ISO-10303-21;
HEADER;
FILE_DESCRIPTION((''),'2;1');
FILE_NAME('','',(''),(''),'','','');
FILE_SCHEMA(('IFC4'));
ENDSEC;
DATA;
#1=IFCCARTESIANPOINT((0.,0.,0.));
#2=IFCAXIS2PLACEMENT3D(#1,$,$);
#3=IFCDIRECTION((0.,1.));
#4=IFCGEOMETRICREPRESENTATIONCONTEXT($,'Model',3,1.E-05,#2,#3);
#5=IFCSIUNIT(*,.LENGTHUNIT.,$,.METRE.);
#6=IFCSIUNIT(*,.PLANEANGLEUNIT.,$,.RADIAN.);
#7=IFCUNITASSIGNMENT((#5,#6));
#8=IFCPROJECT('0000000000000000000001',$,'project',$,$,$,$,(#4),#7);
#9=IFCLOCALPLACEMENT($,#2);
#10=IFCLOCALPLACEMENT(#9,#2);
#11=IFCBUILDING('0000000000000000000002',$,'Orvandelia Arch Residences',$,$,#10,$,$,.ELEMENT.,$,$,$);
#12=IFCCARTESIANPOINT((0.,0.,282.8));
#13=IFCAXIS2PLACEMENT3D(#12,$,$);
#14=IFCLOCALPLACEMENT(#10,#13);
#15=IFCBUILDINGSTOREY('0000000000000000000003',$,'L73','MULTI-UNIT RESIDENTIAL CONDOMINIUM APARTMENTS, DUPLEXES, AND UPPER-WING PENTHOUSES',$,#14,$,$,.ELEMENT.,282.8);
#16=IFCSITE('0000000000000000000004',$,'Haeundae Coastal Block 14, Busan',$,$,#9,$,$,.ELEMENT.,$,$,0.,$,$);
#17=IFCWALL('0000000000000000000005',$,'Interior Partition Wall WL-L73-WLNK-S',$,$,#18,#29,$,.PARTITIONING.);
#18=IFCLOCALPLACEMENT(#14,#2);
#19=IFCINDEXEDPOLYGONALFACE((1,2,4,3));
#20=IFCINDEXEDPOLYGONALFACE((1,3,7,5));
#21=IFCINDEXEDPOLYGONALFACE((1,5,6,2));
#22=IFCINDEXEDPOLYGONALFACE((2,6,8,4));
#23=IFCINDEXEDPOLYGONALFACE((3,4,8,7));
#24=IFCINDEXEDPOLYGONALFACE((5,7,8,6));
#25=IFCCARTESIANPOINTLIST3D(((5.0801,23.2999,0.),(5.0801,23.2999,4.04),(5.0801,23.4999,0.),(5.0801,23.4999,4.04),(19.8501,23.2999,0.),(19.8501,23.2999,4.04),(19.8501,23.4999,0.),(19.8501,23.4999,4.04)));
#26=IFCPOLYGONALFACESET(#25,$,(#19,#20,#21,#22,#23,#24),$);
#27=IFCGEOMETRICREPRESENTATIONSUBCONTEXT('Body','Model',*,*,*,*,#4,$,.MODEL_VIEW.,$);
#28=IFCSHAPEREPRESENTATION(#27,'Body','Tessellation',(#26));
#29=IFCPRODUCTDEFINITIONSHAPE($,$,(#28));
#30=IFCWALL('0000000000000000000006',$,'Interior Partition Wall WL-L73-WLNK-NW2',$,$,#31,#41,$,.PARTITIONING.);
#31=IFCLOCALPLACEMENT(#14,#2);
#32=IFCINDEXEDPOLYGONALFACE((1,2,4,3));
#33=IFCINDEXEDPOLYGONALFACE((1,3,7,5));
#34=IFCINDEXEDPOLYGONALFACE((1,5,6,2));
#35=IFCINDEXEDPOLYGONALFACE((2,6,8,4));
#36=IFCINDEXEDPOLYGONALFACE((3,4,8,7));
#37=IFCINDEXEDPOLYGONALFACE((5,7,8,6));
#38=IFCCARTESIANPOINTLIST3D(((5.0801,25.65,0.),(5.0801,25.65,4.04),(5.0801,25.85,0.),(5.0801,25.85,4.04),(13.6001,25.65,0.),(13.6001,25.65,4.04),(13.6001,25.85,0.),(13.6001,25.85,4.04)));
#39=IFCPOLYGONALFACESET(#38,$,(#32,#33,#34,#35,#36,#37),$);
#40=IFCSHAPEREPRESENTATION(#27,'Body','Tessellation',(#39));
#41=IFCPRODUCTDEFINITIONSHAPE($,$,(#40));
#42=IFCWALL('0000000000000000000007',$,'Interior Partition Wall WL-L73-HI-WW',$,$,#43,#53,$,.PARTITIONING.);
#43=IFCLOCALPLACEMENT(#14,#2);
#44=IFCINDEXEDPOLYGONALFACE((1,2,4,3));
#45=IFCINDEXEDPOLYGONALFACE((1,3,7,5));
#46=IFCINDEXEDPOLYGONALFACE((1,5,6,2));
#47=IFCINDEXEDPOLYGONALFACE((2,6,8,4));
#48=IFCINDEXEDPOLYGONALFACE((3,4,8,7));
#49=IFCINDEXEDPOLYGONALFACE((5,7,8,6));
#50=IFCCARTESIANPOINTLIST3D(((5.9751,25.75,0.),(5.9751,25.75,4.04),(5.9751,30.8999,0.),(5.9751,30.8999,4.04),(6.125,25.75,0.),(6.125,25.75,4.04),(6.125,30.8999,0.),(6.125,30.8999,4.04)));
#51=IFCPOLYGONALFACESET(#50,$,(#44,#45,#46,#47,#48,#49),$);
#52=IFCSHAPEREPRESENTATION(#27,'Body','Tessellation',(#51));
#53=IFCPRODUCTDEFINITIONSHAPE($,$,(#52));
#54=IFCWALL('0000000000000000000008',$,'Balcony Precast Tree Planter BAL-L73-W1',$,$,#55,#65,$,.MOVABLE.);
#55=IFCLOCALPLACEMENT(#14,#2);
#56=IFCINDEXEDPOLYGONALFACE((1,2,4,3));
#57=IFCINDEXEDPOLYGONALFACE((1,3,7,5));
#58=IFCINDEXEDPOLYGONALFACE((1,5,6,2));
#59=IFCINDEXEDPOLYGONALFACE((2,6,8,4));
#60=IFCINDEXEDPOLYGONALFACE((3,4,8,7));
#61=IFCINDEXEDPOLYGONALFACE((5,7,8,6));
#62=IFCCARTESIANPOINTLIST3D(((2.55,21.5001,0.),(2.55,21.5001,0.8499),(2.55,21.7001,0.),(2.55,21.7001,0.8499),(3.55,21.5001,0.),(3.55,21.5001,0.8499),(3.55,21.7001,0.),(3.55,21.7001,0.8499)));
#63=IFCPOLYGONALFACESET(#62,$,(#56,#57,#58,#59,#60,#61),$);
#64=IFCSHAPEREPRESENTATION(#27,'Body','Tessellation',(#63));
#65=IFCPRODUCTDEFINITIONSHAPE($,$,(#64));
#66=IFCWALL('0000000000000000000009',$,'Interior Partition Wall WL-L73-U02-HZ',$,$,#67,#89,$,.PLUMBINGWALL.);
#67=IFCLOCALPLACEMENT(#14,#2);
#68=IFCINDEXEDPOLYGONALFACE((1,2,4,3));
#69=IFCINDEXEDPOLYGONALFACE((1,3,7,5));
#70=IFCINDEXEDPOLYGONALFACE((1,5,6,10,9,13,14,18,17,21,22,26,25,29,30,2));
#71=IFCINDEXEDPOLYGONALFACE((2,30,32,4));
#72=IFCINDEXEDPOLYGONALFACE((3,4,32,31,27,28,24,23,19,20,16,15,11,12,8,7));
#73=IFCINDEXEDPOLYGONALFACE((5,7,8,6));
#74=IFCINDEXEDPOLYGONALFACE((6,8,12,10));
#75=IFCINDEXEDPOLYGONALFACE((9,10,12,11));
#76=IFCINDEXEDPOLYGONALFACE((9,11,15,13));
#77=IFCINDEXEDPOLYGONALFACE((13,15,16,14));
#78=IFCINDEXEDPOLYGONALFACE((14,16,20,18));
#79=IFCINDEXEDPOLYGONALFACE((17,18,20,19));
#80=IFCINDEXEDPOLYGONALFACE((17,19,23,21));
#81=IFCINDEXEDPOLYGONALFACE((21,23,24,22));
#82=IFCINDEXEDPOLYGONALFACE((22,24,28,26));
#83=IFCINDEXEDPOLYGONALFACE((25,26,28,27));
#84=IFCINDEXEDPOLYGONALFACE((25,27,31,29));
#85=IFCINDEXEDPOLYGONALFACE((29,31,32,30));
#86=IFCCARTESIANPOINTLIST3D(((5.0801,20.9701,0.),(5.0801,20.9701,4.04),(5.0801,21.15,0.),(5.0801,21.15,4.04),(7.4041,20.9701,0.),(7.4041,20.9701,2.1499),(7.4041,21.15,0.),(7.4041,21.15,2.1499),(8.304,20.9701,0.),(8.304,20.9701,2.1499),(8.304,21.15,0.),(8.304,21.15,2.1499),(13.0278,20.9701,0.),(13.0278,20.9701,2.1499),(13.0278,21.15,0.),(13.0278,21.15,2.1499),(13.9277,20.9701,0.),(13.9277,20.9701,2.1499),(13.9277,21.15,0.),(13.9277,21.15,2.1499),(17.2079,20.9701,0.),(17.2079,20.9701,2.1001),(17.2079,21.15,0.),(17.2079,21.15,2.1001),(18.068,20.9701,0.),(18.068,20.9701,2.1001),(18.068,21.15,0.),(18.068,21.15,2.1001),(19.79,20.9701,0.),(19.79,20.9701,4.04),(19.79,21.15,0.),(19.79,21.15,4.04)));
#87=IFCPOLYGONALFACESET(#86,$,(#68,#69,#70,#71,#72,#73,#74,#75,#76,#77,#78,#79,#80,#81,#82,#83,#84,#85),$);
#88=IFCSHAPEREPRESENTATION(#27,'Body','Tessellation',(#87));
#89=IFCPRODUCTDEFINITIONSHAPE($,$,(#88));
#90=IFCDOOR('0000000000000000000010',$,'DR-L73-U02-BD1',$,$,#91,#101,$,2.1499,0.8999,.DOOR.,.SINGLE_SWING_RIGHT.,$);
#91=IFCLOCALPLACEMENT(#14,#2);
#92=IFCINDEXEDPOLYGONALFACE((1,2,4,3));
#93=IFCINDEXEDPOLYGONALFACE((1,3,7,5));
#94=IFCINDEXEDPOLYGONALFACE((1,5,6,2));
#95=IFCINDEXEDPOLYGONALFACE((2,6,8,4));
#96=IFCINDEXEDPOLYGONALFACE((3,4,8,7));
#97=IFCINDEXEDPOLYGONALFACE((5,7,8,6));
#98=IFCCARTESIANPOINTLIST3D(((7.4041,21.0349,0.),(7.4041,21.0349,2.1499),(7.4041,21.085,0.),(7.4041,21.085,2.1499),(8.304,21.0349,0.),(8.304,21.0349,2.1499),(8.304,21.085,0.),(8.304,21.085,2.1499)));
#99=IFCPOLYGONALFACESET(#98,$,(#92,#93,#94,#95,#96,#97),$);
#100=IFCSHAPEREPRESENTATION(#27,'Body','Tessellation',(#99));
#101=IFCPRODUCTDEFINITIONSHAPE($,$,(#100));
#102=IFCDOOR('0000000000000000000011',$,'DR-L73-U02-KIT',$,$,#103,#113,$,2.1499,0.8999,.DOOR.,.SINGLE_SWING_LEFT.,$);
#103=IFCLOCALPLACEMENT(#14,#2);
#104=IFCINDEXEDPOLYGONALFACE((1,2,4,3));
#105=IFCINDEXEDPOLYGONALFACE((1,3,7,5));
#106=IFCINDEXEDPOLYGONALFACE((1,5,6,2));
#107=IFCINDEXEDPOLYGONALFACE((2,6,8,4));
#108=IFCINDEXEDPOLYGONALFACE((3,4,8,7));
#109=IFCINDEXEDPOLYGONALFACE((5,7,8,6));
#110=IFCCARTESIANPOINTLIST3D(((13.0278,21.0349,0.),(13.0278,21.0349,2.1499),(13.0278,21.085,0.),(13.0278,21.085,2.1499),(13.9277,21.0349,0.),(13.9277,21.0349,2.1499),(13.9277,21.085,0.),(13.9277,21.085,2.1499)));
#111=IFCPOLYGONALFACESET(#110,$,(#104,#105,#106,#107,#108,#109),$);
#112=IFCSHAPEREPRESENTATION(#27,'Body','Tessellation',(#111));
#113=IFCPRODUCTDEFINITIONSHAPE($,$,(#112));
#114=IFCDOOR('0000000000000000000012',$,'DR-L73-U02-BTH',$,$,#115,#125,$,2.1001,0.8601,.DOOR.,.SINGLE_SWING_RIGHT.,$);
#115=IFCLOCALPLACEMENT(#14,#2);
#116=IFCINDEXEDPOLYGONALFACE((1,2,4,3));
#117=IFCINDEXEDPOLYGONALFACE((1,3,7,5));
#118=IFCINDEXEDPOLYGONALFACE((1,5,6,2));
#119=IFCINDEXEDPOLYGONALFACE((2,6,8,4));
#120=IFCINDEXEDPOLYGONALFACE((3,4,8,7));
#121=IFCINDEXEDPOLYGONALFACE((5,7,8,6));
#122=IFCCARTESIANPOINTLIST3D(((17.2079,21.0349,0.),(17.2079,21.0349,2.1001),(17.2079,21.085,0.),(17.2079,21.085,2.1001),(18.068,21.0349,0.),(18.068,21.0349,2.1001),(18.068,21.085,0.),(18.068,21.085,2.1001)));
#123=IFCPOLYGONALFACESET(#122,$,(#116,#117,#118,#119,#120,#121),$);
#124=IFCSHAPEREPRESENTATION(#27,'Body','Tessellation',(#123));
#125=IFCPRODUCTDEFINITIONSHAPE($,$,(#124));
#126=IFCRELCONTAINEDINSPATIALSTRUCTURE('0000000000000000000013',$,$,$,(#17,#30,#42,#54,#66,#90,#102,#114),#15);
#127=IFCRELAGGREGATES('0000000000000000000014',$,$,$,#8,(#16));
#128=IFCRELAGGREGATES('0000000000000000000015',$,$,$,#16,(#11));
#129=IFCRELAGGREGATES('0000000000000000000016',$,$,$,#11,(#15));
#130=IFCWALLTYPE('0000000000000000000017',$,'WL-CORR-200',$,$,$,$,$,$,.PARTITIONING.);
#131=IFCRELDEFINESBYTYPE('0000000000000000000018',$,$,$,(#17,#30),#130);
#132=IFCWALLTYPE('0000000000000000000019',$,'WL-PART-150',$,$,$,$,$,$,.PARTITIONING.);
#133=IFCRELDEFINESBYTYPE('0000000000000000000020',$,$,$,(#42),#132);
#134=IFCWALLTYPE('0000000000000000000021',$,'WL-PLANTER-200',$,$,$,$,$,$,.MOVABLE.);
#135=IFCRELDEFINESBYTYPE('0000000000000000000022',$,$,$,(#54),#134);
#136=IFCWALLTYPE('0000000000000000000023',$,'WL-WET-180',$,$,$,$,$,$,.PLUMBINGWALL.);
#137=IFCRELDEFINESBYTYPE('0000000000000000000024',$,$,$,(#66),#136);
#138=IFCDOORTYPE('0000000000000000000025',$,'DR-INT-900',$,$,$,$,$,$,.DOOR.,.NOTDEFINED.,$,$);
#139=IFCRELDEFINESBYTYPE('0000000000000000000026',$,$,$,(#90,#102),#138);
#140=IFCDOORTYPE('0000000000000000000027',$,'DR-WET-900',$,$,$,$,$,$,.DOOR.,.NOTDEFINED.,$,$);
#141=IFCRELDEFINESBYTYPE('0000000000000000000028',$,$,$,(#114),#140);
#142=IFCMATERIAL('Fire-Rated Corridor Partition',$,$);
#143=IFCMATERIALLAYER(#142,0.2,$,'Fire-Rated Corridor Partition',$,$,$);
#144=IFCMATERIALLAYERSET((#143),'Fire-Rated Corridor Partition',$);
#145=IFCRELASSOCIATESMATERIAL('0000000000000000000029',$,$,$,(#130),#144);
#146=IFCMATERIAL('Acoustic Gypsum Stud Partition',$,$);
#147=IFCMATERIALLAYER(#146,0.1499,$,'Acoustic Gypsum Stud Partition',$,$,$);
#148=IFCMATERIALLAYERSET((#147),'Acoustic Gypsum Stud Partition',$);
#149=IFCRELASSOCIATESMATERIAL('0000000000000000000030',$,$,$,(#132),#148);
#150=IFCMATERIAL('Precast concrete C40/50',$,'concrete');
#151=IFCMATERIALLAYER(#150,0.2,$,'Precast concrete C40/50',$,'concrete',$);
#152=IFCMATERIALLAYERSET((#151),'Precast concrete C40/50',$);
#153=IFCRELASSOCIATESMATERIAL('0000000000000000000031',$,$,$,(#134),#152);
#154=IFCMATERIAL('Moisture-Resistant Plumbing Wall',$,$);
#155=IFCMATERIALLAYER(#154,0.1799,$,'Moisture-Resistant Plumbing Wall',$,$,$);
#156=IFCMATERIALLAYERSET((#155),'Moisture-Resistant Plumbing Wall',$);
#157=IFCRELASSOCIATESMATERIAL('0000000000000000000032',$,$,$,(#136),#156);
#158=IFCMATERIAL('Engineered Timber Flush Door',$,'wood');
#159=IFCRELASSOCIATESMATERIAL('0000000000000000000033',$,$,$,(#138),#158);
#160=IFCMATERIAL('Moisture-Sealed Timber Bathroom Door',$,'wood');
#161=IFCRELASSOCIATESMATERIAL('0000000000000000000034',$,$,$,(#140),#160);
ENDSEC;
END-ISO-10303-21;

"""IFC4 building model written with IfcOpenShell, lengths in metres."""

from ifc_helpers import new_model, si_unit, direction, frame, frame_2d, origin, place, context, subcontext, project, spatial, rectangle, extrude, material, layer, layer_set, type_object, element, fill, save


model = new_model("IFC4")

# Units and contexts
model_context = context("Model", 3, precision=1e-05, world=origin(), true_north=direction((0.0, 1.0)))
body_context = subcontext(model_context, "Body", "Model", "MODEL_VIEW")
ifc_project = project(units=[si_unit("LENGTHUNIT", "METRE"), si_unit("PLANEANGLEUNIT", "RADIAN")], contexts=[model_context])

# Site, building, storey
site_placement = place(None, origin())
site = spatial("IfcSite", under=ifc_project, at=site_placement, Name="Haeundae Coastal Block 14, Busan", CompositionType="ELEMENT", RefElevation=0.0)
building_placement = place(site_placement, origin())
building = spatial("IfcBuilding", under=site, at=building_placement, Name="Orvandelia Arch Residences", CompositionType="ELEMENT")
storey_placement = place(building_placement, frame((0.0, 0.0, 282.8)))
storey = spatial("IfcBuildingStorey", under=building, at=storey_placement, Name="L73", Description="MULTI-UNIT RESIDENTIAL CONDOMINIUM APARTMENTS, DUPLEXES, AND UPPER-WING PENTHOUSES", CompositionType="ELEMENT", Elevation=282.8)

# Walls
ifc_material_1 = material(Name="Fire-Rated Corridor Partition")
ifc_layer_1 = layer(ifc_material_1, 0.2, Name="Fire-Rated Corridor Partition")
ifc_layer_set_1 = layer_set([ifc_layer_1], Name="Fire-Rated Corridor Partition")
wall_type_1 = type_object("IfcWallType", Name="WL-CORR-200", PredefinedType="PARTITIONING", material=ifc_layer_set_1)
wall_1_placement = place(storey_placement, frame((5.0801, 23.3999, 0.0), z_axis=(0.0, 0.0, 1.0), x_axis=(1.0, 0.0, 0.0)))
element("IfcWall", 1, at=wall_1_placement, inside=storey, type_object=wall_type_1, Name="Interior Partition Wall WL-L73-WLNK-S", PredefinedType="PARTITIONING", context=body_context, shape_type="SweptSolid", body=[
    extrude(rectangle(XDim=14.77, YDim=0.2, at=frame_2d((7.385, 0.0))), origin(), (0.0, 0.0, 1.0), 4.04),
])
wall_2_placement = place(storey_placement, frame((5.0801, 25.75, 0.0), z_axis=(0.0, 0.0, 1.0), x_axis=(1.0, 0.0, 0.0)))
element("IfcWall", 2, at=wall_2_placement, inside=storey, type_object=wall_type_1, Name="Interior Partition Wall WL-L73-WLNK-NW2", PredefinedType="PARTITIONING", context=body_context, shape_type="SweptSolid", body=[
    extrude(rectangle(XDim=8.52, YDim=0.2, at=frame_2d((4.26, 0.0))), origin(), (0.0, 0.0, 1.0), 4.04),
])
ifc_material_2 = material(Name="Acoustic Gypsum Stud Partition")
ifc_layer_2 = layer(ifc_material_2, 0.1499, Name="Acoustic Gypsum Stud Partition")
ifc_layer_set_2 = layer_set([ifc_layer_2], Name="Acoustic Gypsum Stud Partition")
wall_type_2 = type_object("IfcWallType", Name="WL-PART-150", PredefinedType="PARTITIONING", material=ifc_layer_set_2)
wall_3_placement = place(storey_placement, frame((6.05, 25.75, 0.0), z_axis=(0.0, 0.0, 1.0), x_axis=(0.0, 1.0, 0.0)))
element("IfcWall", 3, at=wall_3_placement, inside=storey, type_object=wall_type_2, Name="Interior Partition Wall WL-L73-HI-WW", PredefinedType="PARTITIONING", context=body_context, shape_type="SweptSolid", body=[
    extrude(rectangle(XDim=5.1499, YDim=0.1499, at=frame_2d((2.575, 0.0))), origin(), (0.0, 0.0, 1.0), 4.04),
])
ifc_material_3 = material(Name="Precast concrete C40/50", Category="concrete")
ifc_layer_3 = layer(ifc_material_3, 0.2, Name="Precast concrete C40/50", Category="concrete")
ifc_layer_set_3 = layer_set([ifc_layer_3], Name="Precast concrete C40/50")
wall_type_3 = type_object("IfcWallType", Name="WL-PLANTER-200", PredefinedType="MOVABLE", material=ifc_layer_set_3)
wall_4_placement = place(storey_placement, frame((2.55, 21.6001, 0.0), z_axis=(0.0, 0.0, 1.0), x_axis=(1.0, 0.0, 0.0)))
element("IfcWall", 4, at=wall_4_placement, inside=storey, type_object=wall_type_3, Name="Balcony Precast Tree Planter BAL-L73-W1", PredefinedType="MOVABLE", context=body_context, shape_type="SweptSolid", body=[
    extrude(rectangle(XDim=1.0, YDim=0.2, at=frame_2d((0.5, 0.0))), origin(), (0.0, 0.0, 1.0), 0.8499),
])

# Wall, openings, doors
ifc_material_4 = material(Name="Moisture-Resistant Plumbing Wall")
ifc_layer_4 = layer(ifc_material_4, 0.1799, Name="Moisture-Resistant Plumbing Wall")
ifc_layer_set_4 = layer_set([ifc_layer_4], Name="Moisture-Resistant Plumbing Wall")
wall_type_4 = type_object("IfcWallType", Name="WL-WET-180", PredefinedType="PLUMBINGWALL", material=ifc_layer_set_4)
wall_5_placement = place(storey_placement, frame((5.0801, 21.0601, 0.0), z_axis=(0.0, 0.0, 1.0), x_axis=(1.0, 0.0, 0.0)))
wall_5 = element("IfcWall", 5, at=wall_5_placement, inside=storey, type_object=wall_type_4, Name="Interior Partition Wall WL-L73-U02-HZ", PredefinedType="PLUMBINGWALL", context=body_context, shape_type="SweptSolid", body=[
    extrude(rectangle(XDim=14.71, YDim=0.1799, at=frame_2d((7.355, 0.0))), origin(), (0.0, 0.0, 1.0), 4.04),
])
opening_1_placement = place(wall_5_placement, frame((2.324, 0.0, 0.0)))
opening_1 = element("IfcOpeningElement", 6, at=opening_1_placement, cuts=wall_5, PredefinedType="OPENING", context=body_context, shape_type="SweptSolid", body=[
    extrude(rectangle(XDim=0.8999, YDim=2.1499, at=frame_2d((0.45, 1.075))), frame((0.0, 0.1001, 0.0), z_axis=(0.0, -1.0, 0.0), x_axis=(1.0, 0.0, 0.0)), (0.0, 0.0, 1.0), 0.2),
])
opening_2_placement = place(wall_5_placement, frame((7.9478, 0.0, 0.0)))
opening_2 = element("IfcOpeningElement", 7, at=opening_2_placement, cuts=wall_5, PredefinedType="OPENING", context=body_context, shape_type="SweptSolid", body=[
    extrude(rectangle(XDim=0.8999, YDim=2.1499, at=frame_2d((0.45, 1.075))), frame((0.0, 0.1001, 0.0), z_axis=(0.0, -1.0, 0.0), x_axis=(1.0, 0.0, 0.0)), (0.0, 0.0, 1.0), 0.2),
])
opening_3_placement = place(wall_5_placement, frame((12.1277, 0.0, 0.0)))
opening_3 = element("IfcOpeningElement", 8, at=opening_3_placement, cuts=wall_5, PredefinedType="OPENING", context=body_context, shape_type="SweptSolid", body=[
    extrude(rectangle(XDim=0.8601, YDim=2.1001, at=frame_2d((0.4302, 1.05))), frame((0.0, 0.1001, 0.0), z_axis=(0.0, -1.0, 0.0), x_axis=(1.0, 0.0, 0.0)), (0.0, 0.0, 1.0), 0.2),
])
ifc_material_5 = material(Name="Engineered Timber Flush Door", Category="wood")
door_type_1 = type_object("IfcDoorType", Name="DR-INT-900", OperationType="NOTDEFINED", PredefinedType="DOOR", material=ifc_material_5)
door_1_placement = place(opening_1_placement, origin())
door_1 = element("IfcDoor", 9, at=door_1_placement, inside=storey, type_object=door_type_1, Name="DR-L73-U02-BD1", OperationType="SINGLE_SWING_RIGHT", OverallHeight=2.1499, OverallWidth=0.8999, PredefinedType="DOOR", context=body_context, shape_type="SweptSolid", body=[
    extrude(rectangle(XDim=0.8999, YDim=2.1499, at=frame_2d((0.45, 1.075))), frame((0.0, 0.0249, 0.0), z_axis=(0.0, -1.0, 0.0), x_axis=(1.0, 0.0, 0.0)), (0.0, 0.0, 1.0), 0.05),
])
fill(opening_1, door_1)
door_2_placement = place(opening_2_placement, origin())
door_2 = element("IfcDoor", 10, at=door_2_placement, inside=storey, type_object=door_type_1, Name="DR-L73-U02-KIT", OperationType="SINGLE_SWING_LEFT", OverallHeight=2.1499, OverallWidth=0.8999, PredefinedType="DOOR", context=body_context, shape_type="SweptSolid", body=[
    extrude(rectangle(XDim=0.8999, YDim=2.1499, at=frame_2d((0.45, 1.075))), frame((0.0, 0.0249, 0.0), z_axis=(0.0, -1.0, 0.0), x_axis=(1.0, 0.0, 0.0)), (0.0, 0.0, 1.0), 0.05),
])
fill(opening_2, door_2)
ifc_material_6 = material(Name="Moisture-Sealed Timber Bathroom Door", Category="wood")
door_type_2 = type_object("IfcDoorType", Name="DR-WET-900", OperationType="NOTDEFINED", PredefinedType="DOOR", material=ifc_material_6)
door_3_placement = place(opening_3_placement, origin())
door_3 = element("IfcDoor", 11, at=door_3_placement, inside=storey, type_object=door_type_2, Name="DR-L73-U02-BTH", OperationType="SINGLE_SWING_RIGHT", OverallHeight=2.1001, OverallWidth=0.8601, PredefinedType="DOOR", context=body_context, shape_type="SweptSolid", body=[
    extrude(rectangle(XDim=0.8601, YDim=2.1001, at=frame_2d((0.4302, 1.05))), frame((0.0, 0.0249, 0.0), z_axis=(0.0, -1.0, 0.0), x_axis=(1.0, 0.0, 0.0)), (0.0, 0.0, 1.0), 0.05),
])
fill(opening_3, door_3)

save(model, "model.ifc")
